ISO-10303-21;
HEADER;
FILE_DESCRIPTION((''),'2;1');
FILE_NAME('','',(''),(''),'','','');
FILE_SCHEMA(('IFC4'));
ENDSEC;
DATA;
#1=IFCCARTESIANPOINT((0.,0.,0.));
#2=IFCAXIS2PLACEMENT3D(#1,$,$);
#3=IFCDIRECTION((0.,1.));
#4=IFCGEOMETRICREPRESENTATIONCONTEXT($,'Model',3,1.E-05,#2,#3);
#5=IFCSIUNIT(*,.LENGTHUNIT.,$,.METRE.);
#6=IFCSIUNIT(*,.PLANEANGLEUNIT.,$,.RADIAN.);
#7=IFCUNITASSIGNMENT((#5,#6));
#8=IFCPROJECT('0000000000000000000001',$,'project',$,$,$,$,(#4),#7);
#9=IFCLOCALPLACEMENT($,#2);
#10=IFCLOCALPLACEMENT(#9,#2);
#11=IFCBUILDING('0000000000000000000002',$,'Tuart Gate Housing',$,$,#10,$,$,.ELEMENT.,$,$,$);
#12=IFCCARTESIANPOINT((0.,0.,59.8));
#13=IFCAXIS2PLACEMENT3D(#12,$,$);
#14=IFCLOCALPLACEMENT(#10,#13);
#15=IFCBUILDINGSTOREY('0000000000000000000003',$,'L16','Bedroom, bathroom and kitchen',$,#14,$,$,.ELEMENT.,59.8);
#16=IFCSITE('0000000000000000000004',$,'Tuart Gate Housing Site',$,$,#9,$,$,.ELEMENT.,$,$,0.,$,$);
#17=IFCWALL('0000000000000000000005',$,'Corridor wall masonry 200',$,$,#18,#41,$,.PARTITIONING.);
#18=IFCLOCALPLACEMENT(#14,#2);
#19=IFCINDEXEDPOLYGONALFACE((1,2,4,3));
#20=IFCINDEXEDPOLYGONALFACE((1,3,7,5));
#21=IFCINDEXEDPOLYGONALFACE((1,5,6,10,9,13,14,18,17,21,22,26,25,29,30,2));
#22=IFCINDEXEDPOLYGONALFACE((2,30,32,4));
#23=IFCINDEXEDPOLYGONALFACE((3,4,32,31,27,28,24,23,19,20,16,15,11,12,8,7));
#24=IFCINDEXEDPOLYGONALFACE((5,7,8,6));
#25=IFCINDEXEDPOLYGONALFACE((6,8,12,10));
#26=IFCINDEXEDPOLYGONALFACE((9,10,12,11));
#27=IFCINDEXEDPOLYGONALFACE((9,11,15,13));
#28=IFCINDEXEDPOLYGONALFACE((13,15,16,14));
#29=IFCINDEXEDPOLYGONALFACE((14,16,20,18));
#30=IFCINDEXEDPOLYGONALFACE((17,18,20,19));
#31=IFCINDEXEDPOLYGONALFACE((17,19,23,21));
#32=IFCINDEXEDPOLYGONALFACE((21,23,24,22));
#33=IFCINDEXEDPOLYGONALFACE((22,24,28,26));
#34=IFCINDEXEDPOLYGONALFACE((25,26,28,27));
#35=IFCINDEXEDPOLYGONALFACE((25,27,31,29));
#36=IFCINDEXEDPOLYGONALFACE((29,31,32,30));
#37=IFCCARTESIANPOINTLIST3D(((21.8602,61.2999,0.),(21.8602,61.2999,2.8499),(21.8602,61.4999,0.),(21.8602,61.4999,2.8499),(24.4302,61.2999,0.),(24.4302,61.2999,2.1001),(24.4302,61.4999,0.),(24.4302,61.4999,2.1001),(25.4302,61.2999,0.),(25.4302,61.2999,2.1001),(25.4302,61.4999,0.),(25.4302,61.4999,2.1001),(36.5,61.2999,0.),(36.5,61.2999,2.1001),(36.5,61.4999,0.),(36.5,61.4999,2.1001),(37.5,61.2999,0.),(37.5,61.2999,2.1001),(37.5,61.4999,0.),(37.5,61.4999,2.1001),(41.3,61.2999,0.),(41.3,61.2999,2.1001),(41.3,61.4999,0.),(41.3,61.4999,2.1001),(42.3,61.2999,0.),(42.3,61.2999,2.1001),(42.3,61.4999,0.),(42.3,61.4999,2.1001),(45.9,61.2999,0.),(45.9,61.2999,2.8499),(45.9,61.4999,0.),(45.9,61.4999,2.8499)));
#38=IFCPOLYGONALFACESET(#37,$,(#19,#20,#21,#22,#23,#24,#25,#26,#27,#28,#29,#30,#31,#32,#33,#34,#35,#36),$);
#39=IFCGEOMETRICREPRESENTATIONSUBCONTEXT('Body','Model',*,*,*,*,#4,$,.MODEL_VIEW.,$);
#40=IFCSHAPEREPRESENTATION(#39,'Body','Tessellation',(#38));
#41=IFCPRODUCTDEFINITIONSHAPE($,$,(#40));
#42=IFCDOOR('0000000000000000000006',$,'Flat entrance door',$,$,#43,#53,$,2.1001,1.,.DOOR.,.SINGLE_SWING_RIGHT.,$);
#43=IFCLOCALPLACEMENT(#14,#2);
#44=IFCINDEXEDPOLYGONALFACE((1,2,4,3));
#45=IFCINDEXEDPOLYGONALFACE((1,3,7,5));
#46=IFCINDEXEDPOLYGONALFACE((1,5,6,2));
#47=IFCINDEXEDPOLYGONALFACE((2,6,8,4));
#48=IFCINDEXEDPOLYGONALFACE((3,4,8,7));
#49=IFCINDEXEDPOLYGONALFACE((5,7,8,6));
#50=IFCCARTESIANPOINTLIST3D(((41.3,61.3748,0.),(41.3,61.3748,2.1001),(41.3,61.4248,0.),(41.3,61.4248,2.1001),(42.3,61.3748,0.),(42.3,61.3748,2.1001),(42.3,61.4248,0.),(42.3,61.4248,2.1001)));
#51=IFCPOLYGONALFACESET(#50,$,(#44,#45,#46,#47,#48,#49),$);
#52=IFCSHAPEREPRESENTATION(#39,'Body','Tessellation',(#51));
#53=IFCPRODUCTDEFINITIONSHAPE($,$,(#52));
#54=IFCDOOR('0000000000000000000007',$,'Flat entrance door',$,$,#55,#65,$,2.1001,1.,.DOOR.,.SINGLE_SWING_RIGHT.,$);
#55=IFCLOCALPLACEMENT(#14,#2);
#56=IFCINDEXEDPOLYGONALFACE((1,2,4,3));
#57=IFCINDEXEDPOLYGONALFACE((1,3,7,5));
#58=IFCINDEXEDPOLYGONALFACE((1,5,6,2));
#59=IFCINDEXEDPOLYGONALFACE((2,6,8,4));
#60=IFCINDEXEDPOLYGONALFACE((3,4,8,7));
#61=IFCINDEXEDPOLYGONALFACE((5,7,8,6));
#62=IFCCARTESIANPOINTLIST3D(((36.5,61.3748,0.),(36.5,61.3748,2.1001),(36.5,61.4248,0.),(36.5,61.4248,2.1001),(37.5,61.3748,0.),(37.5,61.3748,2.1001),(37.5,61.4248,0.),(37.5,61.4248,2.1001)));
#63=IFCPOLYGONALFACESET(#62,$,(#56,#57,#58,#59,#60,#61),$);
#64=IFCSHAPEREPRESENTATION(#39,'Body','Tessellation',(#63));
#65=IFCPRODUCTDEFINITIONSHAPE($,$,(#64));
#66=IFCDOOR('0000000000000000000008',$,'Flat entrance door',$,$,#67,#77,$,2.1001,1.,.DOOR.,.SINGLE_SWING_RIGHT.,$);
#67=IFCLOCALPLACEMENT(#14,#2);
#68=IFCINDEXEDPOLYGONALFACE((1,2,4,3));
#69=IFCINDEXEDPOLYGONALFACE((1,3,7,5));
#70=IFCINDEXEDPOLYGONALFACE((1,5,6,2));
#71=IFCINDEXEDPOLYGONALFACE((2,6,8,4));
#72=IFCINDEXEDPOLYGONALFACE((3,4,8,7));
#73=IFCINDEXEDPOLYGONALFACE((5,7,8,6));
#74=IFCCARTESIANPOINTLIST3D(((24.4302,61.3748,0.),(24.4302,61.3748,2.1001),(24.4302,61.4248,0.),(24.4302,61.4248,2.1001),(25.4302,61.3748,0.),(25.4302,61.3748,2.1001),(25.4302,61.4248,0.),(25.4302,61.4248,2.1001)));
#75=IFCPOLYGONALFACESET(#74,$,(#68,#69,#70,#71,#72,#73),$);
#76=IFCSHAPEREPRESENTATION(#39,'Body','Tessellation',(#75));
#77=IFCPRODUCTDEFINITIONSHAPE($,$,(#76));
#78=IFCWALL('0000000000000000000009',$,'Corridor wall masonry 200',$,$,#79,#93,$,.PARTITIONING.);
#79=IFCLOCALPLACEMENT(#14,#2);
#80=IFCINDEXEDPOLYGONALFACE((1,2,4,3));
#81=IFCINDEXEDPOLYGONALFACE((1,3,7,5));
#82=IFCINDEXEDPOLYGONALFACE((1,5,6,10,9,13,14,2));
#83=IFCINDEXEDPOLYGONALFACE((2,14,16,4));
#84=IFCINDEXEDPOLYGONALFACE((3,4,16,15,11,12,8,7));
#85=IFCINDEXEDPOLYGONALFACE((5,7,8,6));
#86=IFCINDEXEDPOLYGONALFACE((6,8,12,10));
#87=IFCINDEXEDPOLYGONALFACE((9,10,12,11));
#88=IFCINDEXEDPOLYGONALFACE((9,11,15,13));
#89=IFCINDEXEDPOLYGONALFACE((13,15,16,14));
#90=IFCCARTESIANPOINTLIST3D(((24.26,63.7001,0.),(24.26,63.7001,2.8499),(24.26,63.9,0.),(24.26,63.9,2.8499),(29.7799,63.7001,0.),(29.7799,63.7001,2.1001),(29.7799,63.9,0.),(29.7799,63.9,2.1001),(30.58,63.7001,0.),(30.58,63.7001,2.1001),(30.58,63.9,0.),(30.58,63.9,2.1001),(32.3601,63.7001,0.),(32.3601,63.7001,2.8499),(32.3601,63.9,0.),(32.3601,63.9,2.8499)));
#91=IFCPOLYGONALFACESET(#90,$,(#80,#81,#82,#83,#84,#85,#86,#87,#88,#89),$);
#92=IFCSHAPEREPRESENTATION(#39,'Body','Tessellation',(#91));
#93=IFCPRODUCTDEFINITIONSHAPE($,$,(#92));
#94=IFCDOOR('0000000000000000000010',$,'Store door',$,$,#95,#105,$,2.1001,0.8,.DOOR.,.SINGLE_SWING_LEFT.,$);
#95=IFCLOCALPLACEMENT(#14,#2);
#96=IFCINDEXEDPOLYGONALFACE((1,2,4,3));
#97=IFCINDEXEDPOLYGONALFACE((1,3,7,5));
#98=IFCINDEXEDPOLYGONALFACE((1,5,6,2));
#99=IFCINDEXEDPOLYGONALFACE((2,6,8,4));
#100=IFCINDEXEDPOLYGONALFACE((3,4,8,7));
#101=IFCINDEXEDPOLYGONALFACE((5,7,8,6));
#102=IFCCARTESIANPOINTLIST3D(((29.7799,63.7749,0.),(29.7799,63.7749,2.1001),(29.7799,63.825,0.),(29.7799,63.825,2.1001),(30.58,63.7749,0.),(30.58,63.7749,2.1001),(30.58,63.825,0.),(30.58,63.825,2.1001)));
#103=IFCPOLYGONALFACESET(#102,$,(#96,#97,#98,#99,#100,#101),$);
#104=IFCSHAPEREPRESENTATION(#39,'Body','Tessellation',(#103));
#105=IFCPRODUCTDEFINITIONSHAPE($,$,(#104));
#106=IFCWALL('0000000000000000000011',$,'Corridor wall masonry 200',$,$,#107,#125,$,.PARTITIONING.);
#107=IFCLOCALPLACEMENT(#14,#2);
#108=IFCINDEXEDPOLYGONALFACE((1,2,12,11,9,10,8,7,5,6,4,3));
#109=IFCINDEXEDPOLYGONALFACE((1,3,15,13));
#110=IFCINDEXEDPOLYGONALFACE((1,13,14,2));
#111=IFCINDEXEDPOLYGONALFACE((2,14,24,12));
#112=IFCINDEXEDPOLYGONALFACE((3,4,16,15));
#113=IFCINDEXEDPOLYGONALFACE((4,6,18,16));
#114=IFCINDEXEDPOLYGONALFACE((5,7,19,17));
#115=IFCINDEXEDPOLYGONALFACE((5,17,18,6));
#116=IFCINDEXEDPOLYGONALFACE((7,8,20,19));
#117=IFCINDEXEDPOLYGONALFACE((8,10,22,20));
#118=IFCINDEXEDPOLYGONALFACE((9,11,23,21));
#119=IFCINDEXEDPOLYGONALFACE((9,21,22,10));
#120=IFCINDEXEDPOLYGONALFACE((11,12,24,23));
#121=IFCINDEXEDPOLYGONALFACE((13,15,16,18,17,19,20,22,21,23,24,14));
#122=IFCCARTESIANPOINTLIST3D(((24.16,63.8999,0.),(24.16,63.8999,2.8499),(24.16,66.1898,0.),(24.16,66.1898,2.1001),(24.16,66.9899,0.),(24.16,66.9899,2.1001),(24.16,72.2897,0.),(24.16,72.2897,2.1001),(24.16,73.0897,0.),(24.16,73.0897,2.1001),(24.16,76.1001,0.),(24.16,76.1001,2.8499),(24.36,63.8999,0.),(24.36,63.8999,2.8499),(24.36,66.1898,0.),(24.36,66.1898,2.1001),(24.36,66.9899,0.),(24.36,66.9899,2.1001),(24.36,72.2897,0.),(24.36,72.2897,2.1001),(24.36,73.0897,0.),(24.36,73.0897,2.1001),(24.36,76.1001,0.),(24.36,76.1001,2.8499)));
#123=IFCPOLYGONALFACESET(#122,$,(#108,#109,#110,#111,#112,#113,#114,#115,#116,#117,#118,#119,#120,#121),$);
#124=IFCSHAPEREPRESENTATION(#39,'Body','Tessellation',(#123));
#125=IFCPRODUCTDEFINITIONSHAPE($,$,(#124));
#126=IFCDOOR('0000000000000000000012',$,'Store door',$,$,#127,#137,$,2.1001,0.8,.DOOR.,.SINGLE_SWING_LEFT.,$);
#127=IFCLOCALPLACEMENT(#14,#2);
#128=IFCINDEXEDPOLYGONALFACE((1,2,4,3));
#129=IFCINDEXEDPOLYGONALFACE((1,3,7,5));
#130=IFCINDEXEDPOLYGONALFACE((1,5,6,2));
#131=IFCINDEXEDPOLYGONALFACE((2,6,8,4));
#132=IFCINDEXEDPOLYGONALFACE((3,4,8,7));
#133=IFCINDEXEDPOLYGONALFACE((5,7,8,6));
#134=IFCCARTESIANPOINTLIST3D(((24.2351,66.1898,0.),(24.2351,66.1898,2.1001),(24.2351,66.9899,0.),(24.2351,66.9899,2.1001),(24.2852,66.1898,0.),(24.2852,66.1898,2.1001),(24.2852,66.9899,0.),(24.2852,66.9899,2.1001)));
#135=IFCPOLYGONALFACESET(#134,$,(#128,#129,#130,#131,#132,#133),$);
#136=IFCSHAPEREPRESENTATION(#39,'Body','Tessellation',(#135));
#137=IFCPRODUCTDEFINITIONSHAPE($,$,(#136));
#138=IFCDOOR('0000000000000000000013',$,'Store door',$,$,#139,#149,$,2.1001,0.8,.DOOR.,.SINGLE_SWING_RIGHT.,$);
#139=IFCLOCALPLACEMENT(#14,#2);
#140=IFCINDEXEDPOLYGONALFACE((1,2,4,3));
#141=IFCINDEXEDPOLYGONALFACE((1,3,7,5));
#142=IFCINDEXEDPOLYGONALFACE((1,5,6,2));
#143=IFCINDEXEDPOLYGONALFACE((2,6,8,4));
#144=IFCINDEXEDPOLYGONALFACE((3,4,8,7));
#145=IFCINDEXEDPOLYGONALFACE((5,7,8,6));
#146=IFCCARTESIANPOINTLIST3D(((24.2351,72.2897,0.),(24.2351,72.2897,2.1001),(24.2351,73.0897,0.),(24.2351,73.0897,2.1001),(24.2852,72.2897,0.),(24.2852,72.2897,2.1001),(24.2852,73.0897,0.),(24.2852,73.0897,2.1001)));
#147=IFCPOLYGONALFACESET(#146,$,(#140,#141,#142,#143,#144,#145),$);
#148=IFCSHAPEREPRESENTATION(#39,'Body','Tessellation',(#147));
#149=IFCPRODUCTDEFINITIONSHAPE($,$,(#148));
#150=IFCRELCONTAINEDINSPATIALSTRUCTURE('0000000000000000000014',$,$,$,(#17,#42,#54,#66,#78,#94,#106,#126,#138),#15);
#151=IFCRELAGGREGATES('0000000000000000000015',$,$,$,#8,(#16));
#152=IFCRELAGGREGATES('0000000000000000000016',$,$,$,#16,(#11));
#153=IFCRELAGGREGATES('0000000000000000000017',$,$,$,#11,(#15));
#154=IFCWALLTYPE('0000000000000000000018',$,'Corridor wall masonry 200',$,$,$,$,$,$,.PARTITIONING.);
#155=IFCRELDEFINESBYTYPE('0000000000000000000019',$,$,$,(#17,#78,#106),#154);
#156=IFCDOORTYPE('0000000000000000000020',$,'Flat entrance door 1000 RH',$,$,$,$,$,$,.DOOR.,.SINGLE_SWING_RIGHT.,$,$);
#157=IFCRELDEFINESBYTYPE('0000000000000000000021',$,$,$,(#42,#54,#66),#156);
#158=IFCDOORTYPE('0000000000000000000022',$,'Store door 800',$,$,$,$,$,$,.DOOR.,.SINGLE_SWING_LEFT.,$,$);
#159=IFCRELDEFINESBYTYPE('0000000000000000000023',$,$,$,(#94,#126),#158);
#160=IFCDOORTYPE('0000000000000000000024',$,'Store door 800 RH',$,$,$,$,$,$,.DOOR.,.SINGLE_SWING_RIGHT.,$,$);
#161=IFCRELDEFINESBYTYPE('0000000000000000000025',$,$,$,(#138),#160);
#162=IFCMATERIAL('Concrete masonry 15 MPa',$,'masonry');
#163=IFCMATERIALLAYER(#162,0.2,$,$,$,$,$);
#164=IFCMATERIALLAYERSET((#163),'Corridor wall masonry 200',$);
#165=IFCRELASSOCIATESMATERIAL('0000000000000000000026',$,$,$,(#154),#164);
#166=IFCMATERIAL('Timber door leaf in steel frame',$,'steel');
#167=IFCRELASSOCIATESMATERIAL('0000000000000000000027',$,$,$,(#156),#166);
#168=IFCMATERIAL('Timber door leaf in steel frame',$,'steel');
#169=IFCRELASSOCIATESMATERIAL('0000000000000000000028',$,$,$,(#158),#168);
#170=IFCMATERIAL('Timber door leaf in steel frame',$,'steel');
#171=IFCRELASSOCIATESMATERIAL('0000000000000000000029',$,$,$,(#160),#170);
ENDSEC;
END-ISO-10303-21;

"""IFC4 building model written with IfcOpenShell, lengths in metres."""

from ifc_helpers import new_model, si_unit, direction, frame, frame_2d, origin, place, context, subcontext, project, spatial, rectangle, extrude, material, layer, layer_set, type_object, element, fill, save


model = new_model("IFC4")

# Units and contexts
model_context = context("Model", 3, precision=1e-05, world=origin(), true_north=direction((0.0, 1.0)))
body_context = subcontext(model_context, "Body", "Model", "MODEL_VIEW")
ifc_project = project(units=[si_unit("LENGTHUNIT", "METRE"), si_unit("PLANEANGLEUNIT", "RADIAN")], contexts=[model_context])

# Site, building, storey
site_placement = place(None, origin())
site = spatial("IfcSite", under=ifc_project, at=site_placement, Name="Tuart Gate Housing Site", CompositionType="ELEMENT", RefElevation=0.0)
building_placement = place(site_placement, origin())
building = spatial("IfcBuilding", under=site, at=building_placement, Name="Tuart Gate Housing", CompositionType="ELEMENT")
storey_placement = place(building_placement, frame((0.0, 0.0, 59.8)))
storey = spatial("IfcBuildingStorey", under=building, at=storey_placement, Name="L16", Description="Bedroom, bathroom and kitchen", CompositionType="ELEMENT", Elevation=59.8)

# Wall, openings, doors
ifc_material_1 = material(Name="Concrete masonry 15 MPa", Category="masonry")
ifc_layer_1 = layer(ifc_material_1, 0.2)
ifc_layer_set_1 = layer_set([ifc_layer_1], Name="Corridor wall masonry 200")
wall_type_1 = type_object("IfcWallType", Name="Corridor wall masonry 200", PredefinedType="PARTITIONING", material=ifc_layer_set_1)
wall_1_placement = place(storey_placement, frame((21.8601, 61.3999, 0.0), z_axis=(0.0, 0.0, 1.0), x_axis=(1.0, 0.0, 0.0)))
wall_1 = element("IfcWall", 1, at=wall_1_placement, inside=storey, type_object=wall_type_1, Name="Corridor wall masonry 200", PredefinedType="PARTITIONING", context=body_context, shape_type="SweptSolid", body=[
    extrude(rectangle(XDim=24.0398, YDim=0.2, at=frame_2d((12.02, 0.0))), origin(), (0.0, 0.0, 1.0), 2.8499),
])
opening_1_placement = place(wall_1_placement, frame((19.4399, 0.0, 0.0)))
opening_1 = element("IfcOpeningElement", 2, at=opening_1_placement, cuts=wall_1, PredefinedType="OPENING", context=body_context, shape_type="SweptSolid", body=[
    extrude(rectangle(XDim=1.0, YDim=2.1001, at=frame_2d((0.5, 1.05))), frame((0.0, 0.1099, 0.0), z_axis=(0.0, -1.0, 0.0), x_axis=(1.0, 0.0, 0.0)), (0.0, 0.0, 1.0), 0.22),
])
opening_2_placement = place(wall_1_placement, frame((14.6399, 0.0, 0.0)))
opening_2 = element("IfcOpeningElement", 3, at=opening_2_placement, cuts=wall_1, PredefinedType="OPENING", context=body_context, shape_type="SweptSolid", body=[
    extrude(rectangle(XDim=1.0, YDim=2.1001, at=frame_2d((0.5, 1.05))), frame((0.0, 0.1099, 0.0), z_axis=(0.0, -1.0, 0.0), x_axis=(1.0, 0.0, 0.0)), (0.0, 0.0, 1.0), 0.22),
])
opening_3_placement = place(wall_1_placement, frame((2.5701, 0.0, 0.0)))
opening_3 = element("IfcOpeningElement", 4, at=opening_3_placement, cuts=wall_1, PredefinedType="OPENING", context=body_context, shape_type="SweptSolid", body=[
    extrude(rectangle(XDim=1.0, YDim=2.1001, at=frame_2d((0.5, 1.05))), frame((0.0, 0.1099, 0.0), z_axis=(0.0, -1.0, 0.0), x_axis=(1.0, 0.0, 0.0)), (0.0, 0.0, 1.0), 0.22),
])
ifc_material_2 = material(Name="Timber door leaf in steel frame", Category="steel")
door_type_1 = type_object("IfcDoorType", Name="Flat entrance door 1000 RH", OperationType="SINGLE_SWING_RIGHT", PredefinedType="DOOR", material=ifc_material_2)
door_1_placement = place(opening_1_placement, frame((1.0, 0.0, 0.0), z_axis=(0.0, 0.0, 1.0), x_axis=(-1.0, 0.0, 0.0)))
door_1 = element("IfcDoor", 5, at=door_1_placement, inside=storey, type_object=door_type_1, Name="Flat entrance door", OperationType="SINGLE_SWING_RIGHT", OverallHeight=2.1001, OverallWidth=1.0, PredefinedType="DOOR", context=body_context, shape_type="SweptSolid", body=[
    extrude(rectangle(XDim=1.0, YDim=2.1001, at=frame_2d((0.5, 1.05))), frame((0.0, 0.0251, 0.0), z_axis=(0.0, -1.0, 0.0), x_axis=(1.0, 0.0, 0.0)), (0.0, 0.0, 1.0), 0.05),
])
fill(opening_1, door_1)
door_2_placement = place(opening_2_placement, frame((1.0, 0.0, 0.0), z_axis=(0.0, 0.0, 1.0), x_axis=(-1.0, 0.0, 0.0)))
door_2 = element("IfcDoor", 6, at=door_2_placement, inside=storey, type_object=door_type_1, Name="Flat entrance door", OperationType="SINGLE_SWING_RIGHT", OverallHeight=2.1001, OverallWidth=1.0, PredefinedType="DOOR", context=body_context, shape_type="SweptSolid", body=[
    extrude(rectangle(XDim=1.0, YDim=2.1001, at=frame_2d((0.5, 1.05))), frame((0.0, 0.0251, 0.0), z_axis=(0.0, -1.0, 0.0), x_axis=(1.0, 0.0, 0.0)), (0.0, 0.0, 1.0), 0.05),
])
fill(opening_2, door_2)
door_3_placement = place(opening_3_placement, frame((1.0, 0.0, 0.0), z_axis=(0.0, 0.0, 1.0), x_axis=(-1.0, 0.0, 0.0)))
door_3 = element("IfcDoor", 7, at=door_3_placement, inside=storey, type_object=door_type_1, Name="Flat entrance door", OperationType="SINGLE_SWING_RIGHT", OverallHeight=2.1001, OverallWidth=1.0, PredefinedType="DOOR", context=body_context, shape_type="SweptSolid", body=[
    extrude(rectangle(XDim=1.0, YDim=2.1001, at=frame_2d((0.5, 1.05))), frame((0.0, 0.0251, 0.0), z_axis=(0.0, -1.0, 0.0), x_axis=(1.0, 0.0, 0.0)), (0.0, 0.0, 1.0), 0.05),
])
fill(opening_3, door_3)

# Wall, opening, door
wall_2_placement = place(storey_placement, frame((24.26, 63.8, 0.0), z_axis=(0.0, 0.0, 1.0), x_axis=(1.0, 0.0, 0.0)))
wall_2 = element("IfcWall", 8, at=wall_2_placement, inside=storey, type_object=wall_type_1, Name="Corridor wall masonry 200", PredefinedType="PARTITIONING", context=body_context, shape_type="SweptSolid", body=[
    extrude(rectangle(XDim=8.1001, YDim=0.2, at=frame_2d((4.05, 0.0))), origin(), (0.0, 0.0, 1.0), 2.8499),
])
opening_4_placement = place(wall_2_placement, frame((5.52, 0.0, 0.0)))
opening_4 = element("IfcOpeningElement", 9, at=opening_4_placement, cuts=wall_2, PredefinedType="OPENING", context=body_context, shape_type="SweptSolid", body=[
    extrude(rectangle(XDim=0.8, YDim=2.1001, at=frame_2d((0.3999, 1.05))), frame((0.0, 0.1099, 0.0), z_axis=(0.0, -1.0, 0.0), x_axis=(1.0, 0.0, 0.0)), (0.0, 0.0, 1.0), 0.22),
])
ifc_material_3 = material(Name="Timber door leaf in steel frame", Category="steel")
door_type_2 = type_object("IfcDoorType", Name="Store door 800", OperationType="SINGLE_SWING_LEFT", PredefinedType="DOOR", material=ifc_material_3)
door_4_placement = place(opening_4_placement, origin())
door_4 = element("IfcDoor", 10, at=door_4_placement, inside=storey, type_object=door_type_2, Name="Store door", OperationType="SINGLE_SWING_LEFT", OverallHeight=2.1001, OverallWidth=0.8, PredefinedType="DOOR", context=body_context, shape_type="SweptSolid", body=[
    extrude(rectangle(XDim=0.8, YDim=2.1001, at=frame_2d((0.3999, 1.05))), frame((0.0, 0.0249, 0.0), z_axis=(0.0, -1.0, 0.0), x_axis=(1.0, 0.0, 0.0)), (0.0, 0.0, 1.0), 0.05),
])
fill(opening_4, door_4)

# Wall, openings, doors
wall_3_placement = place(storey_placement, frame((24.26, 63.8999, 0.0), z_axis=(0.0, 0.0, 1.0), x_axis=(0.0, 1.0, 0.0)))
wall_3 = element("IfcWall", 11, at=wall_3_placement, inside=storey, type_object=wall_type_1, Name="Corridor wall masonry 200", PredefinedType="PARTITIONING", context=body_context, shape_type="SweptSolid", body=[
    extrude(rectangle(XDim=12.2002, YDim=0.2, at=frame_2d((6.1001, 0.0))), origin(), (0.0, 0.0, 1.0), 2.8499),
])
opening_5_placement = place(wall_3_placement, frame((2.29, 0.0, 0.0)))
opening_5 = element("IfcOpeningElement", 12, at=opening_5_placement, cuts=wall_3, PredefinedType="OPENING", context=body_context, shape_type="SweptSolid", body=[
    extrude(rectangle(XDim=0.8, YDim=2.1001, at=frame_2d((0.3999, 1.05))), frame((0.0, 0.1099, 0.0), z_axis=(0.0, -1.0, 0.0), x_axis=(1.0, 0.0, 0.0)), (0.0, 0.0, 1.0), 0.22),
])
opening_6_placement = place(wall_3_placement, frame((8.3899, 0.0, 0.0)))
opening_6 = element("IfcOpeningElement", 13, at=opening_6_placement, cuts=wall_3, PredefinedType="OPENING", context=body_context, shape_type="SweptSolid", body=[
    extrude(rectangle(XDim=0.8, YDim=2.1001, at=frame_2d((0.3999, 1.05))), frame((0.0, 0.1099, 0.0), z_axis=(0.0, -1.0, 0.0), x_axis=(1.0, 0.0, 0.0)), (0.0, 0.0, 1.0), 0.22),
])
door_5_placement = place(opening_5_placement, frame((0.8, 0.0, 0.0), z_axis=(0.0, 0.0, 1.0), x_axis=(-1.0, 0.0, 0.0)))
door_5 = element("IfcDoor", 14, at=door_5_placement, inside=storey, type_object=door_type_2, Name="Store door", OperationType="SINGLE_SWING_LEFT", OverallHeight=2.1001, OverallWidth=0.8, PredefinedType="DOOR", context=body_context, shape_type="SweptSolid", body=[
    extrude(rectangle(XDim=0.8, YDim=2.1001, at=frame_2d((0.4001, 1.05))), frame((0.0, 0.0251, 0.0), z_axis=(0.0, -1.0, 0.0), x_axis=(1.0, 0.0, 0.0)), (0.0, 0.0, 1.0), 0.05),
])
fill(opening_5, door_5)
ifc_material_4 = material(Name="Timber door leaf in steel frame", Category="steel")
door_type_3 = type_object("IfcDoorType", Name="Store door 800 RH", OperationType="SINGLE_SWING_RIGHT", PredefinedType="DOOR", material=ifc_material_4)
door_6_placement = place(opening_6_placement, frame((0.8, 0.0, 0.0), z_axis=(0.0, 0.0, 1.0), x_axis=(-1.0, 0.0, 0.0)))
door_6 = element("IfcDoor", 15, at=door_6_placement, inside=storey, type_object=door_type_3, Name="Store door", OperationType="SINGLE_SWING_RIGHT", OverallHeight=2.1001, OverallWidth=0.8, PredefinedType="DOOR", context=body_context, shape_type="SweptSolid", body=[
    extrude(rectangle(XDim=0.8, YDim=2.1001, at=frame_2d((0.4001, 1.05))), frame((0.0, 0.0251, 0.0), z_axis=(0.0, -1.0, 0.0), x_axis=(1.0, 0.0, 0.0)), (0.0, 0.0, 1.0), 0.05),
])
fill(opening_6, door_6)

save(model, "model.ifc")
